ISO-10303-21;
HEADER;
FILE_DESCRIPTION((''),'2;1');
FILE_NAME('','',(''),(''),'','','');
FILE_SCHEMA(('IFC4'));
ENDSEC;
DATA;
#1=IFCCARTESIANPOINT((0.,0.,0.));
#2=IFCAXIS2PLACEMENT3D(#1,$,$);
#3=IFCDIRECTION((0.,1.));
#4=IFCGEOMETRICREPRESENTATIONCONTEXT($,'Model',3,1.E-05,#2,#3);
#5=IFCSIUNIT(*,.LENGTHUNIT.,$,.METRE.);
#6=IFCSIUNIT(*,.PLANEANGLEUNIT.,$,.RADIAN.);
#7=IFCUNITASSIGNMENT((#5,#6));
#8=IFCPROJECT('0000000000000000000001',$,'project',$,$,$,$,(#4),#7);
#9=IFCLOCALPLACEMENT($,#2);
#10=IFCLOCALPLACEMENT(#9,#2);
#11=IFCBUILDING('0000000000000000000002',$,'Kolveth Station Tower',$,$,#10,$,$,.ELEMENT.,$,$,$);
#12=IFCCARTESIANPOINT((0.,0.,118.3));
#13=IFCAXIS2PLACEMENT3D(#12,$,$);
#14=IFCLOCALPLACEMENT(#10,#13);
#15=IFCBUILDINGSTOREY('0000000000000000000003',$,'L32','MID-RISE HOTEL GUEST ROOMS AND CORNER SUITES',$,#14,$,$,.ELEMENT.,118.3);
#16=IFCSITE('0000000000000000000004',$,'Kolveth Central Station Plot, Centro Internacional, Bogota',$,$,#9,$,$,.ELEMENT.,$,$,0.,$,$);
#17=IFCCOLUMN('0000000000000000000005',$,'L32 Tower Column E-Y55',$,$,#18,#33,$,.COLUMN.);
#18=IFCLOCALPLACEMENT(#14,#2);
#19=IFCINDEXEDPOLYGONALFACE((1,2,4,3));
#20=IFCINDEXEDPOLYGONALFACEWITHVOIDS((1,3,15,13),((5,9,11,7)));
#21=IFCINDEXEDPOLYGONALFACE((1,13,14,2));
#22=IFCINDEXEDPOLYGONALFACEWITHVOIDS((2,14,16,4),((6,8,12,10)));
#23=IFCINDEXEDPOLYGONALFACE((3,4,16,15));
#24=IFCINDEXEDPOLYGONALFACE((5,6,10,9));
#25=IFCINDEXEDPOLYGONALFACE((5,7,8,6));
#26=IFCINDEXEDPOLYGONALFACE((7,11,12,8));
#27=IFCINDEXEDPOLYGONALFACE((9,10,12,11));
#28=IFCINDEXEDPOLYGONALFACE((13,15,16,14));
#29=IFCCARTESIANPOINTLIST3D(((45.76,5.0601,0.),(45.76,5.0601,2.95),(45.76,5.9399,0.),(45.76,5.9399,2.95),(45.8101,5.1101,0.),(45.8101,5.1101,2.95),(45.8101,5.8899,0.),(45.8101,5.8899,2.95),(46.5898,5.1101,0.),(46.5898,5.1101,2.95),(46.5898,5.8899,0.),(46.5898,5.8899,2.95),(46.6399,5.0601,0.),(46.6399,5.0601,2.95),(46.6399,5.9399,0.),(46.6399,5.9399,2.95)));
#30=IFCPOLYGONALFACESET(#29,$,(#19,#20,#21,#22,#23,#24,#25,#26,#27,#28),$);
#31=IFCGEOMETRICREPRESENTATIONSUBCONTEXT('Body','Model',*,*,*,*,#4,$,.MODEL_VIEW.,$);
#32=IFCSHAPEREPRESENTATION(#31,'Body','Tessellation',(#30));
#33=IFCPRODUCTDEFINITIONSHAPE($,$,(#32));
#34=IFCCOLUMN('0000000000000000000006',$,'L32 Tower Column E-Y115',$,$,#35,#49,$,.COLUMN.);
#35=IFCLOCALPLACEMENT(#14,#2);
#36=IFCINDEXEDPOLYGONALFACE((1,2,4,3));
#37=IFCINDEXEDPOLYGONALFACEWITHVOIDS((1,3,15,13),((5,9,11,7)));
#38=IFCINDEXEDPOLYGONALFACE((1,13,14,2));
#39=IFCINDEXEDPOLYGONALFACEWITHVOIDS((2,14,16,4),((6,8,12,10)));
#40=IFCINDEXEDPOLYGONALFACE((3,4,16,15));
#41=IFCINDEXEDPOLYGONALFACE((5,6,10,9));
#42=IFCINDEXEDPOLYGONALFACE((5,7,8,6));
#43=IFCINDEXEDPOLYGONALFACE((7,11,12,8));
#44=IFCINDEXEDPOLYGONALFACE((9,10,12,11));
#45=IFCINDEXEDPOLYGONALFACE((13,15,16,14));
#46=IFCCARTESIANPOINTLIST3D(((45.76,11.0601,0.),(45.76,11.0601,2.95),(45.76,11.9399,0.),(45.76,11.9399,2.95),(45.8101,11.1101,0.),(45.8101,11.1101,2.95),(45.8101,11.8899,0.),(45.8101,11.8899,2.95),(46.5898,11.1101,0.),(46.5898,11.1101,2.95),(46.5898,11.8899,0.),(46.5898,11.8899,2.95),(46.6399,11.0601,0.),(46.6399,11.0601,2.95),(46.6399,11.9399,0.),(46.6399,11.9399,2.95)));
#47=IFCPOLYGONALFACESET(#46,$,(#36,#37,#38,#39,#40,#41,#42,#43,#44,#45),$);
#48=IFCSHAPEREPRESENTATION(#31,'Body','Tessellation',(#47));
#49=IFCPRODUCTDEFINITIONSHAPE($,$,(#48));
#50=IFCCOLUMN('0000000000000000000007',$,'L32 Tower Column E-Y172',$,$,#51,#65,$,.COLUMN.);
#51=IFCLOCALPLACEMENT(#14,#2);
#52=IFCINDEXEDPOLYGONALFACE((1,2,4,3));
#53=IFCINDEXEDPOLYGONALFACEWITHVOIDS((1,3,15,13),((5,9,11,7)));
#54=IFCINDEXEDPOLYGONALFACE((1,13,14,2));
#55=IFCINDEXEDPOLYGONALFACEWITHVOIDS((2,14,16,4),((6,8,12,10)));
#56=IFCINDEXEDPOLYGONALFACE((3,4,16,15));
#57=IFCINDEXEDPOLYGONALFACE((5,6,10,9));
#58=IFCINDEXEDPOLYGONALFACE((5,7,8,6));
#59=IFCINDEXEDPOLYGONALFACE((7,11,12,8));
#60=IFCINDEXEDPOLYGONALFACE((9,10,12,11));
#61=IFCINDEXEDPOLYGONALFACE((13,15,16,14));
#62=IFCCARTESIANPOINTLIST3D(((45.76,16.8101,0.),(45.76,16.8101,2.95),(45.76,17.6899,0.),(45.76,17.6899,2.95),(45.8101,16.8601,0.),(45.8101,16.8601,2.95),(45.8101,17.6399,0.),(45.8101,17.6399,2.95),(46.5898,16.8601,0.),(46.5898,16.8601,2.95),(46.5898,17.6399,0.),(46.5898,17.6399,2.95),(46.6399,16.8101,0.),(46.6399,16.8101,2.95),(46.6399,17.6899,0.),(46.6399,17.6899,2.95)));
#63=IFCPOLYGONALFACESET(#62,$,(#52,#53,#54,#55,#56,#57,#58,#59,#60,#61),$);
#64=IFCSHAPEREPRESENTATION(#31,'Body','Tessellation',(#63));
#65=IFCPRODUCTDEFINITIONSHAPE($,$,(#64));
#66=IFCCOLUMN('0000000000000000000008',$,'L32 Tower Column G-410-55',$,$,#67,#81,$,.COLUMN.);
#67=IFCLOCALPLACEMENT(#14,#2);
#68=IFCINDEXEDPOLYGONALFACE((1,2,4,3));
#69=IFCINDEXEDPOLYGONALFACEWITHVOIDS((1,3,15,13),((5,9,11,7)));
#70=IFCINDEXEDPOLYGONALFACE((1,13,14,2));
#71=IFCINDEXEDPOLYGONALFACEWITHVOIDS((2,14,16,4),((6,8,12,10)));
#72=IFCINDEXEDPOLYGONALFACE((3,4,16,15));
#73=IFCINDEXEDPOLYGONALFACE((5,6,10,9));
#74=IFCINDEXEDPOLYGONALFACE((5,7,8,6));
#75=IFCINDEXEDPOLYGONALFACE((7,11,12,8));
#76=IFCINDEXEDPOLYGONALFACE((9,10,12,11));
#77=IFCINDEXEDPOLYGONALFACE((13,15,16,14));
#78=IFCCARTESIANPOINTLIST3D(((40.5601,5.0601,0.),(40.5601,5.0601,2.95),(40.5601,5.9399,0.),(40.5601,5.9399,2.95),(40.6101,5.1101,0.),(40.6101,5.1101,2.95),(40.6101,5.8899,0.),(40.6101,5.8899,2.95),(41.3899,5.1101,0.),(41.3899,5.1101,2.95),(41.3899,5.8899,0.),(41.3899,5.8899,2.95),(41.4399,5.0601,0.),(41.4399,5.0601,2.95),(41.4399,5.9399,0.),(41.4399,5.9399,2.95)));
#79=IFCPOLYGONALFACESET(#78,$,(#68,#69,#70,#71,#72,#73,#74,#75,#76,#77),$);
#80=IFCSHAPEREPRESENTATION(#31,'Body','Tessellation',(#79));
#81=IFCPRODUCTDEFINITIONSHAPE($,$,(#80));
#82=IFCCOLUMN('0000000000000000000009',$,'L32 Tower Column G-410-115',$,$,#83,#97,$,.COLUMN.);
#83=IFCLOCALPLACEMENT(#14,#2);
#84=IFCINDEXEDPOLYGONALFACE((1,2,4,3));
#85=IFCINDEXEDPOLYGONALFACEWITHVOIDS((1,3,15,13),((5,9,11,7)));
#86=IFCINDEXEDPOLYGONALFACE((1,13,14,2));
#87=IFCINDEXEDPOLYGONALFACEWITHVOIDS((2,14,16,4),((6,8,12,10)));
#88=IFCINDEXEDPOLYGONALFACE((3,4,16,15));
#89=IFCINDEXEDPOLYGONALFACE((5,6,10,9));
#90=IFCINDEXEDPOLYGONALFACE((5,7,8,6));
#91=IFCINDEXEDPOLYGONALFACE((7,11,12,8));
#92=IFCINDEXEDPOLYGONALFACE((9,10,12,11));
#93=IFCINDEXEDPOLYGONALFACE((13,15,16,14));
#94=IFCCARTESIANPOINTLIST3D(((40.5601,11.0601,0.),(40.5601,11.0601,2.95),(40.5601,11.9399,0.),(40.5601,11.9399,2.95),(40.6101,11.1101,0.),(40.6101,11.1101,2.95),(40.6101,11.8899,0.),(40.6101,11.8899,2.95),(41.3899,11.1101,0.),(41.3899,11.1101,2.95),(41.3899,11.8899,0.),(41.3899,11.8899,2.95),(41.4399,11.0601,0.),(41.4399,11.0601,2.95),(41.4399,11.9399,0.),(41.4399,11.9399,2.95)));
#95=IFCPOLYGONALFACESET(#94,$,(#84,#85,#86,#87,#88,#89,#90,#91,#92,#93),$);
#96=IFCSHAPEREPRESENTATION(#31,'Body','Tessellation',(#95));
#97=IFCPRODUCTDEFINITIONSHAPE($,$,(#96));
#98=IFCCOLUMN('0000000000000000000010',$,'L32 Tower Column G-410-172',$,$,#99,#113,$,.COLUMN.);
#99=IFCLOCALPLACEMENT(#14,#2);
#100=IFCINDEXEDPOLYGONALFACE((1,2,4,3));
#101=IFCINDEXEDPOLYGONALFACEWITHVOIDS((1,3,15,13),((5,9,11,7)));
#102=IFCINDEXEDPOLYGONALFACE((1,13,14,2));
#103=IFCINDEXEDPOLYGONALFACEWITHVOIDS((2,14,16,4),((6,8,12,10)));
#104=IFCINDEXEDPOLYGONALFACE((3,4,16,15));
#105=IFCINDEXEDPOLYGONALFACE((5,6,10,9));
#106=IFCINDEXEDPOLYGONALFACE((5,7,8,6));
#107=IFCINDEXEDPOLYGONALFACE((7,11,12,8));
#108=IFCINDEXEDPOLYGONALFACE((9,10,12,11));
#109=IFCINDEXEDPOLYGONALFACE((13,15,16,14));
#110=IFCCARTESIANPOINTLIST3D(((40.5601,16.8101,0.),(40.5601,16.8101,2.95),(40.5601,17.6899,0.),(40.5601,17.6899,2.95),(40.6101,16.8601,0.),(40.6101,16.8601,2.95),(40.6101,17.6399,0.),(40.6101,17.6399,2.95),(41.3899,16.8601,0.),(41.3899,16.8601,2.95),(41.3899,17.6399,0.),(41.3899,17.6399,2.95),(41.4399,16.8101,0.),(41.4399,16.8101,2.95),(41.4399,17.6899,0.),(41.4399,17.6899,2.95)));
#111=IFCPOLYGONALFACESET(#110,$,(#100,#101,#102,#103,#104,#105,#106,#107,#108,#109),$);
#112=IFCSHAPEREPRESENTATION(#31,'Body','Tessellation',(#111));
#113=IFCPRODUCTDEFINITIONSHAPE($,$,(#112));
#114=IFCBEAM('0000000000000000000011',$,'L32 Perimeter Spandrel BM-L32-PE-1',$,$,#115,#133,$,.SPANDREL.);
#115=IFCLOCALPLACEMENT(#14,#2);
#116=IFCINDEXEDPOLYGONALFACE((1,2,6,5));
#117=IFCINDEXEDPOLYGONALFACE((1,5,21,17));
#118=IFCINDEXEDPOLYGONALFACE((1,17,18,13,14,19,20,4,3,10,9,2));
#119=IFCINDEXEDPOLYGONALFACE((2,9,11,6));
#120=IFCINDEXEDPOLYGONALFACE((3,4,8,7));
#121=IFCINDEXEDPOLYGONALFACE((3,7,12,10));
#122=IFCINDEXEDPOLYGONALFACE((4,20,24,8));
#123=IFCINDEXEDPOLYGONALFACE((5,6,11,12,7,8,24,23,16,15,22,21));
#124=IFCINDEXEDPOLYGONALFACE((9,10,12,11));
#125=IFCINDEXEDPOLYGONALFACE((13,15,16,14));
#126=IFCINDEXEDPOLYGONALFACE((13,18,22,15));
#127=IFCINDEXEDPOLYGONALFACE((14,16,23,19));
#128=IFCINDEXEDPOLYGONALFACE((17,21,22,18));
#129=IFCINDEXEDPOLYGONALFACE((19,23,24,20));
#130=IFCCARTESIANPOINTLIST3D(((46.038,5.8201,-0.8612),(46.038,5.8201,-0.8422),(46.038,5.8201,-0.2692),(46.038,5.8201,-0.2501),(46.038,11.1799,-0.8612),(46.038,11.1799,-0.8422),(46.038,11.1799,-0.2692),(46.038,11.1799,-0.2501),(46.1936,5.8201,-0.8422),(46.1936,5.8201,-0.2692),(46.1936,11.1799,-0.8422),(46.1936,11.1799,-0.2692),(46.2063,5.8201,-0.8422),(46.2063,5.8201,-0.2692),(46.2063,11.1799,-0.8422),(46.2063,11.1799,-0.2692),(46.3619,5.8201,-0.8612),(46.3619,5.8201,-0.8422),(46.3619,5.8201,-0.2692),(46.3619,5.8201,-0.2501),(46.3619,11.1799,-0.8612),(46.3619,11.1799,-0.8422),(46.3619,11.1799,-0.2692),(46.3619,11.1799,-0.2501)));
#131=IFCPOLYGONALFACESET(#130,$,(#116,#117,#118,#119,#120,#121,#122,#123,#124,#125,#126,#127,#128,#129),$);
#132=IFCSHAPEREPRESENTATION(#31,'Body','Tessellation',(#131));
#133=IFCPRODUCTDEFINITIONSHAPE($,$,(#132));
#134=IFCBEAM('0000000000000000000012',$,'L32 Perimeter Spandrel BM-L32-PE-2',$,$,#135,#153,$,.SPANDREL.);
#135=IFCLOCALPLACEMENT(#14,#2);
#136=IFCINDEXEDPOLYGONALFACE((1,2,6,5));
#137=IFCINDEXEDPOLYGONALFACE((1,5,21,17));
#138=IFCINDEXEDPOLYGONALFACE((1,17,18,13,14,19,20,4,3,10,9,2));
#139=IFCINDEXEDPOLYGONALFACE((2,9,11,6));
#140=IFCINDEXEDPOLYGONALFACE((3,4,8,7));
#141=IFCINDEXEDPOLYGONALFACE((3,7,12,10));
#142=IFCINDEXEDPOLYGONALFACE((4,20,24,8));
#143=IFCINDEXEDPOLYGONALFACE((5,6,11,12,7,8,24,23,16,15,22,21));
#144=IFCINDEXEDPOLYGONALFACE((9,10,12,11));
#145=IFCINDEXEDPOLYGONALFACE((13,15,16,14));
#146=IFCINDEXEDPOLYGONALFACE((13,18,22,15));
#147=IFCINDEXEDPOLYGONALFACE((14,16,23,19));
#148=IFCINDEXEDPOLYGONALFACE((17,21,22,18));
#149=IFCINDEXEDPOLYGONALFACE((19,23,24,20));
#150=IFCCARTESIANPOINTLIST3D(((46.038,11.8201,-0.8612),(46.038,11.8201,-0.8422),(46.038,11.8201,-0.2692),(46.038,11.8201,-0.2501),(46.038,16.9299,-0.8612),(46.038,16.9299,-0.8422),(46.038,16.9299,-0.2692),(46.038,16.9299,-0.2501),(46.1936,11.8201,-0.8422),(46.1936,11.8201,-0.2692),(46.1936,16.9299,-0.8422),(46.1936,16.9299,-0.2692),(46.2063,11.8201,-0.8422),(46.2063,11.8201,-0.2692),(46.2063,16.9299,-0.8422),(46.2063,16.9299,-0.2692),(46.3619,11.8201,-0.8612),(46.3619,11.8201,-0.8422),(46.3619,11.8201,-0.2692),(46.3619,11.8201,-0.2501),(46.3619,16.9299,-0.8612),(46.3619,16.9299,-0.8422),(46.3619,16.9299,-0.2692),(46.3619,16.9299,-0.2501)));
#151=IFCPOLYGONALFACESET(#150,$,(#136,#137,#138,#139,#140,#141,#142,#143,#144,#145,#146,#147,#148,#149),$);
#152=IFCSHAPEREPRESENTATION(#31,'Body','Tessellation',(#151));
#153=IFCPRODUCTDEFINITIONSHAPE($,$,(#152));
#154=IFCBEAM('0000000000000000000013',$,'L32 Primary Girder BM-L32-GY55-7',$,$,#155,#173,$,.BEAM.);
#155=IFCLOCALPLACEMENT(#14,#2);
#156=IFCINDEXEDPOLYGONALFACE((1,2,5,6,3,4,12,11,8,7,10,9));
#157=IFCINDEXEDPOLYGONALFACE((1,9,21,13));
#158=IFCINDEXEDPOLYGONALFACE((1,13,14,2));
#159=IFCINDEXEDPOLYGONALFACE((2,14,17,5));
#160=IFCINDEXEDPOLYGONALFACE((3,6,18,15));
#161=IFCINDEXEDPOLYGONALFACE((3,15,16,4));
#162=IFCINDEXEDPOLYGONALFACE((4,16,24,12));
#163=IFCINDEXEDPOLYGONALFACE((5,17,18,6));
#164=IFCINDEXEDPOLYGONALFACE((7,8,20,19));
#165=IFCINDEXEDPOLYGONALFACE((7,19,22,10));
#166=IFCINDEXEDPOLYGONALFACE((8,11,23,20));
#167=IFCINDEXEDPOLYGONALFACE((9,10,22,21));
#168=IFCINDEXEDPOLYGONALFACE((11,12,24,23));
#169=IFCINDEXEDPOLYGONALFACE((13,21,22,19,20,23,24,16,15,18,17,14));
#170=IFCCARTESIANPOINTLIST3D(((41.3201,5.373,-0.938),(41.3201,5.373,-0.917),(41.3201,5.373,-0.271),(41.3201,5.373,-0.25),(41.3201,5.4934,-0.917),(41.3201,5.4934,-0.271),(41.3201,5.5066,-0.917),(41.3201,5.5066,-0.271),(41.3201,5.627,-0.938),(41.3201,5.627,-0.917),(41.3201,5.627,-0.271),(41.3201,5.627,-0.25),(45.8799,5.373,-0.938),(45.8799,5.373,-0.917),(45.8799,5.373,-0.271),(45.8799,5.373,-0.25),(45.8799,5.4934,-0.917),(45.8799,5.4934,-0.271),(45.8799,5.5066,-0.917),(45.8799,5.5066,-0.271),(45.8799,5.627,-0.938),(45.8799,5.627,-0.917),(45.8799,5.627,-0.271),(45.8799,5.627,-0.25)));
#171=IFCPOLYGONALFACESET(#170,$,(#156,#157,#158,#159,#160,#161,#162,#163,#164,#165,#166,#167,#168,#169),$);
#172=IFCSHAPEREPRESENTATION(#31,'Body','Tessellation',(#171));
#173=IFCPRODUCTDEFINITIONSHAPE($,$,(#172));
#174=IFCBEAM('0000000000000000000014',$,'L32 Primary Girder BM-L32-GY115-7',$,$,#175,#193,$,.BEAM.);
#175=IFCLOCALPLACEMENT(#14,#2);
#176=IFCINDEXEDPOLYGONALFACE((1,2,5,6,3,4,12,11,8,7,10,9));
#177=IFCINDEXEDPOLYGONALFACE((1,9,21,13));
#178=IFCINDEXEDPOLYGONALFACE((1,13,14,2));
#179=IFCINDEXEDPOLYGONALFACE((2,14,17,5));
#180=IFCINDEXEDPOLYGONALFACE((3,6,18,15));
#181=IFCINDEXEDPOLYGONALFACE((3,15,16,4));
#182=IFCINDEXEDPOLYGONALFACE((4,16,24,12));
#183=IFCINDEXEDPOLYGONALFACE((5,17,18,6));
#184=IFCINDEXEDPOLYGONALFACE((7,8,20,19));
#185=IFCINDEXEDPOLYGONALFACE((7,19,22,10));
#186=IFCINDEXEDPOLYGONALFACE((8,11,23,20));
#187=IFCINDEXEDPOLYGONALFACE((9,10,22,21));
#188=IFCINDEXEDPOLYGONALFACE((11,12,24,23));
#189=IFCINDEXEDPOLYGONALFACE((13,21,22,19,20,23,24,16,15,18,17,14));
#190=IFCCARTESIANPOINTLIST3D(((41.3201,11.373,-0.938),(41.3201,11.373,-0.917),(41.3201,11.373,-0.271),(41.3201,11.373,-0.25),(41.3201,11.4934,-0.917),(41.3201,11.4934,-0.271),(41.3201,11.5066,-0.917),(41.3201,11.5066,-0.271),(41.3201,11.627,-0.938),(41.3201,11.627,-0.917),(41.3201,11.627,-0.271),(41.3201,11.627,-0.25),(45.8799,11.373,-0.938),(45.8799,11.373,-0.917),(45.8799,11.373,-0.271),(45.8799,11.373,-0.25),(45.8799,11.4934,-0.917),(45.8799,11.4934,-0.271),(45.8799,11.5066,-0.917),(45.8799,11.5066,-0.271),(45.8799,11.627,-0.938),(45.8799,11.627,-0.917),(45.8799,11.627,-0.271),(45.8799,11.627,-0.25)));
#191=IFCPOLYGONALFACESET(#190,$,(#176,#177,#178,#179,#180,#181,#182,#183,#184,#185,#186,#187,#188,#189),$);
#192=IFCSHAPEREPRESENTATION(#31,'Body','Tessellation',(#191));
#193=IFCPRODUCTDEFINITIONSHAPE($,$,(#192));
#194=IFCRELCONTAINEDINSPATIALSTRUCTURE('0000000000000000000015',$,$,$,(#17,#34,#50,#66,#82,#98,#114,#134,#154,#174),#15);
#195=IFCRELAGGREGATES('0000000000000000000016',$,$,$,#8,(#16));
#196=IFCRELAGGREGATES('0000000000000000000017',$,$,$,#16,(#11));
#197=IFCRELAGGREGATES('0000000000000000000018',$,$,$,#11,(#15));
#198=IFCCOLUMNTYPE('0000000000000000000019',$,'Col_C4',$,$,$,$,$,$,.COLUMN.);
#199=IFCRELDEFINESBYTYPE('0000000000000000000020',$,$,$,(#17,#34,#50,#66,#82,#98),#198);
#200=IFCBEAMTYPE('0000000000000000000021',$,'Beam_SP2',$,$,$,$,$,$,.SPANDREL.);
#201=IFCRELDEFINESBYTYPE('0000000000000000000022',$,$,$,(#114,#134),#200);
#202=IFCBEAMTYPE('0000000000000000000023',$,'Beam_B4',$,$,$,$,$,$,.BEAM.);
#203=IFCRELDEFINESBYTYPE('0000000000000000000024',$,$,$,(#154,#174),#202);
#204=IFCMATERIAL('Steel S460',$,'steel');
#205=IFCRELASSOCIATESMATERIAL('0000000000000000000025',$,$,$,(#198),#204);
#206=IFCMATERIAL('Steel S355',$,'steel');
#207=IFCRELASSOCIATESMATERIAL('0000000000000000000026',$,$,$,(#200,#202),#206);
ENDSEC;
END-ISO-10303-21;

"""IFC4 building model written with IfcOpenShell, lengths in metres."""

from ifc_helpers import new_model, si_unit, direction, frame, origin, origin_2d, place, context, subcontext, project, spatial, hollow_rectangle, i_section, extrude, source, transform, mapped, material, material_profile, profile_set, type_object, element, save


model = new_model("IFC4")

# Units and contexts
model_context = context("Model", 3, precision=1e-05, world=origin(), true_north=direction((0.0, 1.0)))
body_context = subcontext(model_context, "Body", "Model", "MODEL_VIEW")
ifc_project = project(units=[si_unit("LENGTHUNIT", "METRE"), si_unit("PLANEANGLEUNIT", "RADIAN")], contexts=[model_context])

# Site, building, storey
site_placement = place(None, origin())
site = spatial("IfcSite", under=ifc_project, at=site_placement, Name="Kolveth Central Station Plot, Centro Internacional, Bogota", CompositionType="ELEMENT", RefElevation=0.0)
building_placement = place(site_placement, origin())
building = spatial("IfcBuilding", under=site, at=building_placement, Name="Kolveth Station Tower", CompositionType="ELEMENT")
storey_placement = place(building_placement, frame((0.0, 0.0, 118.3)))
storey = spatial("IfcBuildingStorey", under=building, at=storey_placement, Name="L32", Description="MID-RISE HOTEL GUEST ROOMS AND CORNER SUITES", CompositionType="ELEMENT", Elevation=118.3)

# Columns
ifc_material_1 = material(Name="Steel S460", Category="steel")
ifc_material_profile_1 = material_profile(ifc_material_1, hollow_rectangle(XDim=0.8799, YDim=0.8799, WallThickness=0.05, at=origin_2d()), Name="BOX880x880x50")
ifc_profile_set_1 = profile_set([ifc_material_profile_1], Name="Steel S460")
column_type = type_object("IfcColumnType", Name="Col_C4", PredefinedType="COLUMN", material=ifc_profile_set_1)
shared_shape_1 = source(origin(), body_context, "Body", "SweptSolid", [
    extrude(hollow_rectangle(XDim=0.8799, YDim=0.8799, WallThickness=0.05, at=origin_2d()), origin(), (0.0, 0.0, 1.0), 2.95),
])
for number, where, z_axis, x_axis, name in (
    (1, (46.2, 5.5, 0.0), (0.0, 0.0, 1.0), (1.0, 0.0, 0.0), "L32 Tower Column E-Y55"),
    (2, (46.2, 11.5, 0.0), (0.0, 0.0, 1.0), (1.0, 0.0, 0.0), "L32 Tower Column E-Y115"),
    (3, (46.2, 17.25, 0.0), (0.0, 0.0, 1.0), (1.0, 0.0, 0.0), "L32 Tower Column E-Y172"),
    (4, (41.0, 5.5, 0.0), (0.0, 0.0, 1.0), (1.0, 0.0, 0.0), "L32 Tower Column G-410-55"),
    (5, (41.0, 11.5, 0.0), (0.0, 0.0, 1.0), (1.0, 0.0, 0.0), "L32 Tower Column G-410-115"),
    (6, (41.0, 17.25, 0.0), (0.0, 0.0, 1.0), (1.0, 0.0, 0.0), "L32 Tower Column G-410-172"),
):
    element("IfcColumn", number, at=place(storey_placement, frame(where, z_axis=z_axis, x_axis=x_axis)), inside=storey, type_object=column_type, Name=name, PredefinedType="COLUMN", context=body_context, shape_type="MappedRepresentation", body=[
        mapped(shared_shape_1, transform((0.0, 0.0, 0.0), x_axis=(1.0, 0.0, 0.0), y_axis=(0.0, 1.0, 0.0), z_axis=(0.0, 0.0, 1.0), scale=1.0)),
    ])

# Beams
ifc_material_2 = material(Name="Steel S355", Category="steel")
ifc_material_profile_2 = material_profile(ifc_material_2, i_section(OverallWidth=0.324, OverallDepth=0.6111, WebThickness=0.0127, FlangeThickness=0.019, at=origin_2d()), Name="W610x155")
ifc_profile_set_2 = profile_set([ifc_material_profile_2], Name="Steel S355")
beam_type_1 = type_object("IfcBeamType", Name="Beam_SP2", PredefinedType="SPANDREL", material=ifc_profile_set_2)
shared_shape_2 = source(origin(), body_context, "Body", "SweptSolid", [
    extrude(i_section(OverallWidth=0.324, OverallDepth=0.6111, WebThickness=0.0127, FlangeThickness=0.019, at=origin_2d()), origin(), (0.0, 0.0, 1.0), 5.3599),
])
beam_1_placement = place(storey_placement, frame((46.2, 5.8201, -0.5557), z_axis=(0.0, 1.0, 0.0), x_axis=(-1.0, 0.0, 0.0)))
element("IfcBeam", 7, at=beam_1_placement, inside=storey, type_object=beam_type_1, Name="L32 Perimeter Spandrel BM-L32-PE-1", PredefinedType="SPANDREL", context=body_context, shape_type="MappedRepresentation", body=[
    mapped(shared_shape_2, transform((0.0, 0.0, 0.0), x_axis=(1.0, 0.0, 0.0), y_axis=(0.0, 1.0, 0.0), z_axis=(0.0, 0.0, 1.0), scale=1.0)),
])
shared_shape_3 = source(origin(), body_context, "Body", "SweptSolid", [
    extrude(i_section(OverallWidth=0.324, OverallDepth=0.6111, WebThickness=0.0127, FlangeThickness=0.019, at=origin_2d()), origin(), (0.0, 0.0, 1.0), 5.1099),
])
beam_2_placement = place(storey_placement, frame((46.2, 11.8201, -0.5557), z_axis=(0.0, 1.0, 0.0), x_axis=(-1.0, 0.0, 0.0)))
element("IfcBeam", 8, at=beam_2_placement, inside=storey, type_object=beam_type_1, Name="L32 Perimeter Spandrel BM-L32-PE-2", PredefinedType="SPANDREL", context=body_context, shape_type="MappedRepresentation", body=[
    mapped(shared_shape_3, transform((0.0, 0.0, 0.0), x_axis=(1.0, 0.0, 0.0), y_axis=(0.0, 1.0, 0.0), z_axis=(0.0, 0.0, 1.0), scale=1.0)),
])
ifc_material_profile_3 = material_profile(ifc_material_2, i_section(OverallWidth=0.2539, OverallDepth=0.688, WebThickness=0.0132, FlangeThickness=0.021, at=origin_2d()), Name="W690x152")
ifc_profile_set_3 = profile_set([ifc_material_profile_3], Name="Steel S355")
beam_type_2 = type_object("IfcBeamType", Name="Beam_B4", PredefinedType="BEAM", material=ifc_profile_set_3)
shared_shape_4 = source(origin(), body_context, "Body", "SweptSolid", [
    extrude(i_section(OverallWidth=0.2539, OverallDepth=0.688, WebThickness=0.0132, FlangeThickness=0.021, at=origin_2d()), origin(), (0.0, 0.0, 1.0), 4.5598),
])
for number, where, z_axis, x_axis, name in (
    (9, (41.3201, 5.5, -0.594), (1.0, 0.0, 0.0), (0.0, 1.0, 0.0), "L32 Primary Girder BM-L32-GY55-7"),
    (10, (41.3201, 11.5, -0.594), (1.0, 0.0, 0.0), (0.0, 1.0, 0.0), "L32 Primary Girder BM-L32-GY115-7"),
):
    element("IfcBeam", number, at=place(storey_placement, frame(where, z_axis=z_axis, x_axis=x_axis)), inside=storey, type_object=beam_type_2, Name=name, PredefinedType="BEAM", context=body_context, shape_type="MappedRepresentation", body=[
        mapped(shared_shape_4, transform((0.0, 0.0, 0.0), x_axis=(1.0, 0.0, 0.0), y_axis=(0.0, 1.0, 0.0), z_axis=(0.0, 0.0, 1.0), scale=1.0)),
    ])

save(model, "model.ifc")
